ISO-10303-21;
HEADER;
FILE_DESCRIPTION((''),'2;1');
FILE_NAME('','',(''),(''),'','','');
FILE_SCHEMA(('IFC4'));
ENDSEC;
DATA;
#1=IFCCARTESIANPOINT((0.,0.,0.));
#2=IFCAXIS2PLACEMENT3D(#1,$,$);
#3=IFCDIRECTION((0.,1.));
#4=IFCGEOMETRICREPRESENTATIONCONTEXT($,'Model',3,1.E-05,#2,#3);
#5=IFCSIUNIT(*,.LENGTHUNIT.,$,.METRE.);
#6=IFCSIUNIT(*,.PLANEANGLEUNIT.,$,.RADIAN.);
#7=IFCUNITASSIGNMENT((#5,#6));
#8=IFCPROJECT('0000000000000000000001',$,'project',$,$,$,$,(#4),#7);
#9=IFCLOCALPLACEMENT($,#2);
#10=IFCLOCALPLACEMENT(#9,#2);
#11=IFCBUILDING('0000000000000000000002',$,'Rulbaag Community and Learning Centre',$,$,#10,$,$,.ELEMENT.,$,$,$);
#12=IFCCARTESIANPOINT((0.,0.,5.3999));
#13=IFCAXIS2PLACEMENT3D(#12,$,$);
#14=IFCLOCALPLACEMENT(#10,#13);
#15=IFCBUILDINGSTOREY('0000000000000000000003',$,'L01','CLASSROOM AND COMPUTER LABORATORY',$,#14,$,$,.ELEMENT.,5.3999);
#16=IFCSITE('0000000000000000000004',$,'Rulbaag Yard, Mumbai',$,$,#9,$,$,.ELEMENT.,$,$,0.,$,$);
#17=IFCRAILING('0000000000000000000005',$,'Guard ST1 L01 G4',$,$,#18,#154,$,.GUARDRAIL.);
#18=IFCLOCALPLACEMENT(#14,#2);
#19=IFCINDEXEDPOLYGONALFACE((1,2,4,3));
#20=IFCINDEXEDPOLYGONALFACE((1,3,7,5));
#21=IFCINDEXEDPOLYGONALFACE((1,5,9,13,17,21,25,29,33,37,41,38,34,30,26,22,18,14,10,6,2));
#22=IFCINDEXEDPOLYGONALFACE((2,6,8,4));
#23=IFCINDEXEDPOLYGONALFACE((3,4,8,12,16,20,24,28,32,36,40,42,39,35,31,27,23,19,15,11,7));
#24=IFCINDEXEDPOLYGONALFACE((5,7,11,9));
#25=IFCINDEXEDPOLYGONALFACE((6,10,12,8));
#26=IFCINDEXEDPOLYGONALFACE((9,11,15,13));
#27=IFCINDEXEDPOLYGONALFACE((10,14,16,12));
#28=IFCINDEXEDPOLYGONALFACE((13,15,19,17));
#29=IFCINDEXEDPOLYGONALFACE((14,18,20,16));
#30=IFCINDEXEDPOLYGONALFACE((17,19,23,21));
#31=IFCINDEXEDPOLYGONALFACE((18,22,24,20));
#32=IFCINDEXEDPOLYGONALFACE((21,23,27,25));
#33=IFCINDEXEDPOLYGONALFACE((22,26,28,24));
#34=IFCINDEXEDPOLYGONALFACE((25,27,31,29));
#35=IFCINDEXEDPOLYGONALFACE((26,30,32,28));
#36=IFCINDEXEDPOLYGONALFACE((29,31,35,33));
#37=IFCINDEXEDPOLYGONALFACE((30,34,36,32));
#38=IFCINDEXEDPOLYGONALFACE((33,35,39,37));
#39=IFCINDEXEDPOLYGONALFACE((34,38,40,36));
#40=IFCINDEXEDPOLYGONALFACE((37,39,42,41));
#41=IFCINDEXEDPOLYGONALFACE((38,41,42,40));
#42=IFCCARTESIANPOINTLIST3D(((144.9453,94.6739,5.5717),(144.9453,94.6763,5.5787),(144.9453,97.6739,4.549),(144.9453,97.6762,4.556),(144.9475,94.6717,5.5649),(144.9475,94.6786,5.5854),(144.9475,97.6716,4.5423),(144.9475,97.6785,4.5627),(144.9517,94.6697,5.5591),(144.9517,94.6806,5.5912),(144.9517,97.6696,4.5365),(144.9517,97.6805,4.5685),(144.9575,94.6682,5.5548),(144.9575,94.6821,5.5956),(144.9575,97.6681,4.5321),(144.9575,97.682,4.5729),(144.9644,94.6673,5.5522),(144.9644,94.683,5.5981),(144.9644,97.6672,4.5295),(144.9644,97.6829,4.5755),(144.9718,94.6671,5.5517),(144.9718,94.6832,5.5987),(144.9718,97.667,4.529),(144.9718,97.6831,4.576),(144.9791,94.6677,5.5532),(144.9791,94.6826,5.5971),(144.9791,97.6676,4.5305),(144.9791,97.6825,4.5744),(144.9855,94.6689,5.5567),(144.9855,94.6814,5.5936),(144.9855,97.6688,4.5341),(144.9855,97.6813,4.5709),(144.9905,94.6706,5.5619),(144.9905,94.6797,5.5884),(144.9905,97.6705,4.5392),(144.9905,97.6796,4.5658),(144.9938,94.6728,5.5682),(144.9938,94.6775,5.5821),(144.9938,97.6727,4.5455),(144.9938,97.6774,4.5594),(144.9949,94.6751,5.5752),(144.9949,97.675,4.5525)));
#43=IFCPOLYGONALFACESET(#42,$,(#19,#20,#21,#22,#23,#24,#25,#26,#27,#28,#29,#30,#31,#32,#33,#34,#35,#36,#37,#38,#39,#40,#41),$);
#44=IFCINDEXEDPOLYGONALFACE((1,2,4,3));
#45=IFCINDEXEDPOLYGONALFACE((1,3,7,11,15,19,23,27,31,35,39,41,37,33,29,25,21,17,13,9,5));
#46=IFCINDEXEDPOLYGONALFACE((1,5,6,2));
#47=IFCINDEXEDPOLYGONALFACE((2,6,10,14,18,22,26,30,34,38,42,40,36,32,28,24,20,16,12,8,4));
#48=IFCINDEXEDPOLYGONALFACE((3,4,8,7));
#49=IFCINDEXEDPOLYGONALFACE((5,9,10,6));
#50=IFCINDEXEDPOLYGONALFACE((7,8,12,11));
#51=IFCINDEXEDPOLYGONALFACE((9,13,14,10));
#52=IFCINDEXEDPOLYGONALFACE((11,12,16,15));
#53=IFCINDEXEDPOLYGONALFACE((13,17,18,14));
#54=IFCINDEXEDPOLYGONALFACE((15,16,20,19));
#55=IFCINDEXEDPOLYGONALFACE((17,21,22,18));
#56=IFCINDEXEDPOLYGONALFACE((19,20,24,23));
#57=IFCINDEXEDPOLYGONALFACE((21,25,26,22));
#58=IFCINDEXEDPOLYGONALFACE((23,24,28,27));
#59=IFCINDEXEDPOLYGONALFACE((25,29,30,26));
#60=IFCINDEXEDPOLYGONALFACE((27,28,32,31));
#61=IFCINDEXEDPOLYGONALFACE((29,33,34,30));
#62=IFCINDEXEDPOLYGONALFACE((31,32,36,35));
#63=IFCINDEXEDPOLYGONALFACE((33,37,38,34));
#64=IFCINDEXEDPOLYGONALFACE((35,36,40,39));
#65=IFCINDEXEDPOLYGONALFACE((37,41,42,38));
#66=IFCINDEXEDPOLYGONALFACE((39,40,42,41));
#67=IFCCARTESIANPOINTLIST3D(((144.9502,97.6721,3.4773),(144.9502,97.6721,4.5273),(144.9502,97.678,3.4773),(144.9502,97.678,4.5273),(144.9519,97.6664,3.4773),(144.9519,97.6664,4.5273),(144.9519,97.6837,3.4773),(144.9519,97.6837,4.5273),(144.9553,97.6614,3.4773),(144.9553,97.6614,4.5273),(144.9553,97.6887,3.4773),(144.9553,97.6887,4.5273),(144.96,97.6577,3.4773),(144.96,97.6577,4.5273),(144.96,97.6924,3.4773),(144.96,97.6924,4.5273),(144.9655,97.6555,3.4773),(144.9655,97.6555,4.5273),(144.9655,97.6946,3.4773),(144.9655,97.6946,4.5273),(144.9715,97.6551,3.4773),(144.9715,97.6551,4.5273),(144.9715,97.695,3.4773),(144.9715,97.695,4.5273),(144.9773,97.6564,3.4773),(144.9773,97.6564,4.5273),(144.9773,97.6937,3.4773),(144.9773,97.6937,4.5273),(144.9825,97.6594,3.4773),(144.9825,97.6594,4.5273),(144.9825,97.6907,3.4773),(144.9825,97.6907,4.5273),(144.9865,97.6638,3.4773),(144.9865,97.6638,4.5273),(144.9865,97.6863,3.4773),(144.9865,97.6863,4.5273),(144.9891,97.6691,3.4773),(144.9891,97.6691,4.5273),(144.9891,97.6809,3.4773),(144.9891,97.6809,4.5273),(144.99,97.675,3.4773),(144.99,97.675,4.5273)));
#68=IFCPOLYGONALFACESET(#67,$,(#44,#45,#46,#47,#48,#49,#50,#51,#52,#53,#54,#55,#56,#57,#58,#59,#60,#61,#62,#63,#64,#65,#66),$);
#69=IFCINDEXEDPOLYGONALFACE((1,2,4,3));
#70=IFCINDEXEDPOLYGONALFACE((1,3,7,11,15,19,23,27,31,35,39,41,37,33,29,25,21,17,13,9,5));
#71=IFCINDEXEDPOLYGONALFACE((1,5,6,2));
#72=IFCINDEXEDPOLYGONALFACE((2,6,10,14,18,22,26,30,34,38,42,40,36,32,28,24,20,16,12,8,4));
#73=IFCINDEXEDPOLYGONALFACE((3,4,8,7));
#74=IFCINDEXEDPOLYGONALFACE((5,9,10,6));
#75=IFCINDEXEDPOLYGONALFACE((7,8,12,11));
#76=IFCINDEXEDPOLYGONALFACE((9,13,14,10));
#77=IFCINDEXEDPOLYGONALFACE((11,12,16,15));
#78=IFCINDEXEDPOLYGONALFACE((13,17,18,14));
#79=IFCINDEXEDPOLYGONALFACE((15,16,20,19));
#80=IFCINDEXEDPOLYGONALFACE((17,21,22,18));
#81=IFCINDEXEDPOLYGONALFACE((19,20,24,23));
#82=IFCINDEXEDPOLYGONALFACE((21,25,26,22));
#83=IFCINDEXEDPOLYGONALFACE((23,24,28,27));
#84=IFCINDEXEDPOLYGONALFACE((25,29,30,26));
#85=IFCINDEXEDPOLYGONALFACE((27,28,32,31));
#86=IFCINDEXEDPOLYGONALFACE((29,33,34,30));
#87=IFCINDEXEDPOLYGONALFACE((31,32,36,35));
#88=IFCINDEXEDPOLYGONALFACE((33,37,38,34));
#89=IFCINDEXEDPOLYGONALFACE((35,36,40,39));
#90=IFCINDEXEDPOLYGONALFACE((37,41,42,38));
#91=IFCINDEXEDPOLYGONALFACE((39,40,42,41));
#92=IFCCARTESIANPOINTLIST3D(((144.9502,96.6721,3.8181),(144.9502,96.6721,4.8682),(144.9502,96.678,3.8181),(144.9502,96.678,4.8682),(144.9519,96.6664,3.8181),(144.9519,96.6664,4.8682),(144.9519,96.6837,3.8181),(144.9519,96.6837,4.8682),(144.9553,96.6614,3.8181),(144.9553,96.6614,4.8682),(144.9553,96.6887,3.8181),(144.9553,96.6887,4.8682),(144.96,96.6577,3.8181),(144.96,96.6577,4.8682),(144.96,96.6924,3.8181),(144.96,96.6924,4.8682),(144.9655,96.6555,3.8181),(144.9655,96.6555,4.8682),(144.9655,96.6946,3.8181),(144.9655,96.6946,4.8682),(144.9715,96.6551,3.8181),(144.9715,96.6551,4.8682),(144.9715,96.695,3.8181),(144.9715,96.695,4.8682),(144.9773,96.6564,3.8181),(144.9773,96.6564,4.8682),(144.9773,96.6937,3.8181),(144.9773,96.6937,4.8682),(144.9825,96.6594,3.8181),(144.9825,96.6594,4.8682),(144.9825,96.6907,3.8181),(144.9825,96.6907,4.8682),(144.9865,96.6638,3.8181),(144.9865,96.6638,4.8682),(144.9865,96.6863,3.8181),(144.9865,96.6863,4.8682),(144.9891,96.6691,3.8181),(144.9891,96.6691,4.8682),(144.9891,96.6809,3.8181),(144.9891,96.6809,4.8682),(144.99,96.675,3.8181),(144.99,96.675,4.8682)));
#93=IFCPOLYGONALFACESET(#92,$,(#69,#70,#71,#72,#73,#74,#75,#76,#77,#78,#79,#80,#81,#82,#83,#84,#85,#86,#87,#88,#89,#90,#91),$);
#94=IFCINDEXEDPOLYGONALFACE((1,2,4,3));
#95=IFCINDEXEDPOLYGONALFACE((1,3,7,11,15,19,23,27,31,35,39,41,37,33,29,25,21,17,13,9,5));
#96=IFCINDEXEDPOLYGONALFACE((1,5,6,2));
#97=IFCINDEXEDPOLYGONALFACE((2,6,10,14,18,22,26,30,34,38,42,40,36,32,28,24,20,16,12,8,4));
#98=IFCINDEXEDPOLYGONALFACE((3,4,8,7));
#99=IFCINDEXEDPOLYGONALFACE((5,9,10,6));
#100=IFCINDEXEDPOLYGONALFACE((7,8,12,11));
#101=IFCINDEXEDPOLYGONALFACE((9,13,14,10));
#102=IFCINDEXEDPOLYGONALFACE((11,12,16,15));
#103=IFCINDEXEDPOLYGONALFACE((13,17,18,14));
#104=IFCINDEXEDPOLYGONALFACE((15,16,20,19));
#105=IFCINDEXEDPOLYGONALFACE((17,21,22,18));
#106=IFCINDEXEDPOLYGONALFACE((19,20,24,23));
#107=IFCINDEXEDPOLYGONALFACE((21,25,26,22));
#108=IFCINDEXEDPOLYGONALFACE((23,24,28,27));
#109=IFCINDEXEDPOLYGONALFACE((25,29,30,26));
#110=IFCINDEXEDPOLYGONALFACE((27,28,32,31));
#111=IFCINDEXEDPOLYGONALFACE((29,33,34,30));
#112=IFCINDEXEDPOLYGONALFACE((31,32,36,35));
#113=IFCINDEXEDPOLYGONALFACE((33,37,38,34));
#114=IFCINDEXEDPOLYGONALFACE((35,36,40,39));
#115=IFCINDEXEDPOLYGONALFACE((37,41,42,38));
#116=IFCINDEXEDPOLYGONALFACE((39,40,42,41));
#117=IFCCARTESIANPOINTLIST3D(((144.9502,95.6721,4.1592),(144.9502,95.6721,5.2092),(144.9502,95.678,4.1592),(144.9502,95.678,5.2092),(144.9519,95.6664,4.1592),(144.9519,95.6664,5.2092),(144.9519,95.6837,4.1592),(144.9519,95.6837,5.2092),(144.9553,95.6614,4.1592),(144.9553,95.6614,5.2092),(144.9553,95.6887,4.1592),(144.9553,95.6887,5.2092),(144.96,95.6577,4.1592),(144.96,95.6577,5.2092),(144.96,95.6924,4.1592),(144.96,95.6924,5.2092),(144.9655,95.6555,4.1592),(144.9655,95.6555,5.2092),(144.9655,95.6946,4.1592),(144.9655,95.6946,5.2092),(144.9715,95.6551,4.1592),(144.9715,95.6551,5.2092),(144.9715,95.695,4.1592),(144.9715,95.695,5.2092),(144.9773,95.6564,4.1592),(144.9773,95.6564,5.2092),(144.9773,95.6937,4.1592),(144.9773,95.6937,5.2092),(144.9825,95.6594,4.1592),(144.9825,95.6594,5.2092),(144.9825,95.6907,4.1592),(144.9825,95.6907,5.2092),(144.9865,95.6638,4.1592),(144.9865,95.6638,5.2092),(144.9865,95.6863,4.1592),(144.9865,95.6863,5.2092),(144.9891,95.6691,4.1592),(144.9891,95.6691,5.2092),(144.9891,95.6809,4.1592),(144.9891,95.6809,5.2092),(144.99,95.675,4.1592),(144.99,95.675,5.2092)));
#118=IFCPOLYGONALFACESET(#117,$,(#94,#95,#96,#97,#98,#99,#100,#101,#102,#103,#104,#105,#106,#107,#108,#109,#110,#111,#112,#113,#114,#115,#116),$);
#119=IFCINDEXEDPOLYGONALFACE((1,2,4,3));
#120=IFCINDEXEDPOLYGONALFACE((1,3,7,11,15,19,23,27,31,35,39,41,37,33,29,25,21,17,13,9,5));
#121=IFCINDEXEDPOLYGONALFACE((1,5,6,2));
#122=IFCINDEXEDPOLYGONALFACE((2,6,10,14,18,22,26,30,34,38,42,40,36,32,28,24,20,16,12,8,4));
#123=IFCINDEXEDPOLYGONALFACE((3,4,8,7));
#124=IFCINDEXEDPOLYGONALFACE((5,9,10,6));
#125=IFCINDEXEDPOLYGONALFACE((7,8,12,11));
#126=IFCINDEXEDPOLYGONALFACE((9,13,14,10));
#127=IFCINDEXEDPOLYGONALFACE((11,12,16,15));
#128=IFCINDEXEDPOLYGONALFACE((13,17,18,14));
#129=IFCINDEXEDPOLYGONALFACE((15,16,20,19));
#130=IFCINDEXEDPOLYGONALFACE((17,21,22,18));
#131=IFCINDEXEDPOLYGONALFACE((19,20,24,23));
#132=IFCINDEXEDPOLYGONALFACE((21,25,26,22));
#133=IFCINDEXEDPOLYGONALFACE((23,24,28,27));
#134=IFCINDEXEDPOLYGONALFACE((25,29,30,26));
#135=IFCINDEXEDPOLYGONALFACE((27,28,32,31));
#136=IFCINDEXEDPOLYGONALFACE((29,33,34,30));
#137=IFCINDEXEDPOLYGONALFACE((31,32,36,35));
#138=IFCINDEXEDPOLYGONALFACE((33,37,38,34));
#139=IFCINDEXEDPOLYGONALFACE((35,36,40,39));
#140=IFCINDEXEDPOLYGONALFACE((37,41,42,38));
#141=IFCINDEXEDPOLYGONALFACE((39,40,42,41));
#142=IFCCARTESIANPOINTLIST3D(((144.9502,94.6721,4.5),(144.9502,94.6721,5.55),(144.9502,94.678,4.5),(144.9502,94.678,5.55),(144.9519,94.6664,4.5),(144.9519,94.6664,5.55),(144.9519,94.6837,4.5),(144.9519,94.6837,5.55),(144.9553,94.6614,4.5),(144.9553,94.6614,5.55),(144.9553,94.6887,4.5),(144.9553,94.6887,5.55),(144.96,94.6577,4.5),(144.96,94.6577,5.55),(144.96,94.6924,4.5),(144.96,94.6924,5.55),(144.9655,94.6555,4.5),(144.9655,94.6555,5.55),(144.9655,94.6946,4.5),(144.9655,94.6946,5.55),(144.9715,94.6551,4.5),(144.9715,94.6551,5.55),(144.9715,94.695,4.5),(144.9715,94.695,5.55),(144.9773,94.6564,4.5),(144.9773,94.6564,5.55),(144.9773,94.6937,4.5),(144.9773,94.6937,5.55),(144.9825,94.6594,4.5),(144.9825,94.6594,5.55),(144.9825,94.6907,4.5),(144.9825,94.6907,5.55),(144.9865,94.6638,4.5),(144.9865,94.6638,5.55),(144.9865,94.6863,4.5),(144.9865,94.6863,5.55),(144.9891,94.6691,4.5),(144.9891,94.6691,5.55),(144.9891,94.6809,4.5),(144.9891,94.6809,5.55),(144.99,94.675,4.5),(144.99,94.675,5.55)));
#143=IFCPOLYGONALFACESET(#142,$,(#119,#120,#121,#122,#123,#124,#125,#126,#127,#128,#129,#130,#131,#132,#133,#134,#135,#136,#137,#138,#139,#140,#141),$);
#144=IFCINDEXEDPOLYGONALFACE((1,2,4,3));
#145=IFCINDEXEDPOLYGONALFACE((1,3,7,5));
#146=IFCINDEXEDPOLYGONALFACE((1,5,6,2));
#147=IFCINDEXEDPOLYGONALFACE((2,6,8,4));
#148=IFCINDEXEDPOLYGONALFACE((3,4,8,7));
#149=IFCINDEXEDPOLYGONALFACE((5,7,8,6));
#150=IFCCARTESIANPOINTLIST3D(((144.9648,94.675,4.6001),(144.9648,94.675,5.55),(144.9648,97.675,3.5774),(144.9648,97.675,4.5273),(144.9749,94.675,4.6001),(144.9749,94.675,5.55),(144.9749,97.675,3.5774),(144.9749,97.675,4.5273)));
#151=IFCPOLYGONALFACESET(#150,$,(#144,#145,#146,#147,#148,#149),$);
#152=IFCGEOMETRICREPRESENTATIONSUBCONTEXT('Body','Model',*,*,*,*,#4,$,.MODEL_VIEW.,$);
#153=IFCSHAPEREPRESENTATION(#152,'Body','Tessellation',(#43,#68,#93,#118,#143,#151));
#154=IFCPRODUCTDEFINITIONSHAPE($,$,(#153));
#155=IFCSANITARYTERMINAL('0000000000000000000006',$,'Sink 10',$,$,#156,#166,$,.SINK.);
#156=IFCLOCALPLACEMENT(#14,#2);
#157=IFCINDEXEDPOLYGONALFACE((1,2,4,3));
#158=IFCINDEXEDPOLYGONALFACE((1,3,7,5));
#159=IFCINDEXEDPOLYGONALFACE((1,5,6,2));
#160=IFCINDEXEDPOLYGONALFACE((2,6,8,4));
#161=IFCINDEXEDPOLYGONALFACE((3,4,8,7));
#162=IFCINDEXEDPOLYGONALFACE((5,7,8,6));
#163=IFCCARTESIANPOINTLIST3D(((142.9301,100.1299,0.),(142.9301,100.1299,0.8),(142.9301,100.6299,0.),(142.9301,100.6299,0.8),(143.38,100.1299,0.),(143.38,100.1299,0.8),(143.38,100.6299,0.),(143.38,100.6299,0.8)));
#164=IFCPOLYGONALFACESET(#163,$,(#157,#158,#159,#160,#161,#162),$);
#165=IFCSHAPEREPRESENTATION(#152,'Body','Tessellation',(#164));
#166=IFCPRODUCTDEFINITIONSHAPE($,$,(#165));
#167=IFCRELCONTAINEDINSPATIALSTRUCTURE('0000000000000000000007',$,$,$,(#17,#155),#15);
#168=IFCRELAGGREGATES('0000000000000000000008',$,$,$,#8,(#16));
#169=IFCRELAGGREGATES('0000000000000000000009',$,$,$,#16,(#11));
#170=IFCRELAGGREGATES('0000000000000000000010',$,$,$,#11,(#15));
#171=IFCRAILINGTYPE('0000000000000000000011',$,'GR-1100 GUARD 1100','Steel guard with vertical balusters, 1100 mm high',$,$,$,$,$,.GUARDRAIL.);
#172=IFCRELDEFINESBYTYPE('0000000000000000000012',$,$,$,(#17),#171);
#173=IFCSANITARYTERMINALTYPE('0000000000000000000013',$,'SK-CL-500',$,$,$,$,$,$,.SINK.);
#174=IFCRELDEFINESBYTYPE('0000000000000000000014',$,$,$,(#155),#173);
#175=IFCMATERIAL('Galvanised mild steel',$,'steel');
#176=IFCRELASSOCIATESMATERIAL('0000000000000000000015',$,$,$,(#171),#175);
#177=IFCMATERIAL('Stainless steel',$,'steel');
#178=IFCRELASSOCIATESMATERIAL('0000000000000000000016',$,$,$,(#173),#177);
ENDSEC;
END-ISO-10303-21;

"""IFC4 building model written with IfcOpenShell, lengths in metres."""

from ifc_helpers import new_model, si_unit, direction, frame, origin, origin_2d, place, context, subcontext, project, spatial, polyline, rectangle, circle, outline, extrude, material, type_object, element, save


model = new_model("IFC4")

# Units and contexts
model_context = context("Model", 3, precision=1e-05, world=origin(), true_north=direction((0.0, 1.0)))
body_context = subcontext(model_context, "Body", "Model", "MODEL_VIEW")
ifc_project = project(units=[si_unit("LENGTHUNIT", "METRE"), si_unit("PLANEANGLEUNIT", "RADIAN")], contexts=[model_context])

# Site, building, storey
site_placement = place(None, origin())
site = spatial("IfcSite", under=ifc_project, at=site_placement, Name="Rulbaag Yard, Mumbai", CompositionType="ELEMENT", RefElevation=0.0)
building_placement = place(site_placement, origin())
building = spatial("IfcBuilding", under=site, at=building_placement, Name="Rulbaag Community and Learning Centre", CompositionType="ELEMENT")
storey_placement = place(building_placement, frame((0.0, 0.0, 5.3999)))
storey = spatial("IfcBuildingStorey", under=building, at=storey_placement, Name="L01", Description="CLASSROOM AND COMPUTER LABORATORY", CompositionType="ELEMENT", Elevation=5.3999)

# Railing
ifc_material_1 = material(Name="Galvanised mild steel", Category="steel")
railing_type_1 = type_object("IfcRailingType", Name="GR-1100 GUARD 1100", Description="Steel guard with vertical balusters, 1100 mm high", PredefinedType="GUARDRAIL", material=ifc_material_1)
railing_1_placement = place(storey_placement, frame((144.97, 97.675, 3.4773)))
element("IfcRailing", 1, at=railing_1_placement, inside=storey, type_object=railing_type_1, Name="Guard ST1 L01 G4", PredefinedType="GUARDRAIL", context=body_context, shape_type="SweptSolid", body=[
    extrude(circle(Radius=0.0249, at=origin_2d()), frame((0.0, 0.0, 1.0752), z_axis=(0.0, -0.946512, 0.322668), x_axis=(1.0, 0.0, 0.0)), (0.0, 0.0, 1.0), 3.1694),
    extrude(circle(Radius=0.02, at=origin_2d()), origin(), (0.0, 0.0, 1.0), 1.05),
    extrude(circle(Radius=0.02, at=origin_2d()), frame((0.0, -1.0, 0.3408)), (0.0, 0.0, 1.0), 1.05),
    extrude(circle(Radius=0.02, at=origin_2d()), frame((0.0, -2.0, 0.6819)), (0.0, 0.0, 1.0), 1.05),
    extrude(circle(Radius=0.02, at=origin_2d()), frame((0.0, -3.0, 1.0227)), (0.0, 0.0, 1.0), 1.05),
    extrude(outline(polyline([(0.0, 0.0), (3.0, 1.0227), (3.0, 1.9727), (0.0, 0.95), (0.0, 0.0)])), frame((0.0049, 0.0, 0.1001), z_axis=(-1.0, 0.0, 0.0), x_axis=(0.0, -1.0, 0.0)), (0.0, 0.0, 1.0), 0.01),
])

# Sanitary terminal
ifc_material_2 = material(Name="Stainless steel", Category="steel")
sanitary_terminal_type = type_object("IfcSanitaryTerminalType", Name="SK-CL-500", PredefinedType="SINK", material=ifc_material_2)
sanitary_terminal_placement = place(storey_placement, frame((143.155, 100.3799, 0.0), z_axis=(0.0, 0.0, 1.0), x_axis=(1.0, 0.0, 0.0)))
element("IfcSanitaryTerminal", 2, at=sanitary_terminal_placement, inside=storey, type_object=sanitary_terminal_type, Name="Sink 10", PredefinedType="SINK", context=body_context, shape_type="SweptSolid", body=[
    extrude(rectangle(XDim=0.45, YDim=0.5, at=origin_2d()), origin(), (0.0, 0.0, 1.0), 0.8),
])

save(model, "model.ifc")
